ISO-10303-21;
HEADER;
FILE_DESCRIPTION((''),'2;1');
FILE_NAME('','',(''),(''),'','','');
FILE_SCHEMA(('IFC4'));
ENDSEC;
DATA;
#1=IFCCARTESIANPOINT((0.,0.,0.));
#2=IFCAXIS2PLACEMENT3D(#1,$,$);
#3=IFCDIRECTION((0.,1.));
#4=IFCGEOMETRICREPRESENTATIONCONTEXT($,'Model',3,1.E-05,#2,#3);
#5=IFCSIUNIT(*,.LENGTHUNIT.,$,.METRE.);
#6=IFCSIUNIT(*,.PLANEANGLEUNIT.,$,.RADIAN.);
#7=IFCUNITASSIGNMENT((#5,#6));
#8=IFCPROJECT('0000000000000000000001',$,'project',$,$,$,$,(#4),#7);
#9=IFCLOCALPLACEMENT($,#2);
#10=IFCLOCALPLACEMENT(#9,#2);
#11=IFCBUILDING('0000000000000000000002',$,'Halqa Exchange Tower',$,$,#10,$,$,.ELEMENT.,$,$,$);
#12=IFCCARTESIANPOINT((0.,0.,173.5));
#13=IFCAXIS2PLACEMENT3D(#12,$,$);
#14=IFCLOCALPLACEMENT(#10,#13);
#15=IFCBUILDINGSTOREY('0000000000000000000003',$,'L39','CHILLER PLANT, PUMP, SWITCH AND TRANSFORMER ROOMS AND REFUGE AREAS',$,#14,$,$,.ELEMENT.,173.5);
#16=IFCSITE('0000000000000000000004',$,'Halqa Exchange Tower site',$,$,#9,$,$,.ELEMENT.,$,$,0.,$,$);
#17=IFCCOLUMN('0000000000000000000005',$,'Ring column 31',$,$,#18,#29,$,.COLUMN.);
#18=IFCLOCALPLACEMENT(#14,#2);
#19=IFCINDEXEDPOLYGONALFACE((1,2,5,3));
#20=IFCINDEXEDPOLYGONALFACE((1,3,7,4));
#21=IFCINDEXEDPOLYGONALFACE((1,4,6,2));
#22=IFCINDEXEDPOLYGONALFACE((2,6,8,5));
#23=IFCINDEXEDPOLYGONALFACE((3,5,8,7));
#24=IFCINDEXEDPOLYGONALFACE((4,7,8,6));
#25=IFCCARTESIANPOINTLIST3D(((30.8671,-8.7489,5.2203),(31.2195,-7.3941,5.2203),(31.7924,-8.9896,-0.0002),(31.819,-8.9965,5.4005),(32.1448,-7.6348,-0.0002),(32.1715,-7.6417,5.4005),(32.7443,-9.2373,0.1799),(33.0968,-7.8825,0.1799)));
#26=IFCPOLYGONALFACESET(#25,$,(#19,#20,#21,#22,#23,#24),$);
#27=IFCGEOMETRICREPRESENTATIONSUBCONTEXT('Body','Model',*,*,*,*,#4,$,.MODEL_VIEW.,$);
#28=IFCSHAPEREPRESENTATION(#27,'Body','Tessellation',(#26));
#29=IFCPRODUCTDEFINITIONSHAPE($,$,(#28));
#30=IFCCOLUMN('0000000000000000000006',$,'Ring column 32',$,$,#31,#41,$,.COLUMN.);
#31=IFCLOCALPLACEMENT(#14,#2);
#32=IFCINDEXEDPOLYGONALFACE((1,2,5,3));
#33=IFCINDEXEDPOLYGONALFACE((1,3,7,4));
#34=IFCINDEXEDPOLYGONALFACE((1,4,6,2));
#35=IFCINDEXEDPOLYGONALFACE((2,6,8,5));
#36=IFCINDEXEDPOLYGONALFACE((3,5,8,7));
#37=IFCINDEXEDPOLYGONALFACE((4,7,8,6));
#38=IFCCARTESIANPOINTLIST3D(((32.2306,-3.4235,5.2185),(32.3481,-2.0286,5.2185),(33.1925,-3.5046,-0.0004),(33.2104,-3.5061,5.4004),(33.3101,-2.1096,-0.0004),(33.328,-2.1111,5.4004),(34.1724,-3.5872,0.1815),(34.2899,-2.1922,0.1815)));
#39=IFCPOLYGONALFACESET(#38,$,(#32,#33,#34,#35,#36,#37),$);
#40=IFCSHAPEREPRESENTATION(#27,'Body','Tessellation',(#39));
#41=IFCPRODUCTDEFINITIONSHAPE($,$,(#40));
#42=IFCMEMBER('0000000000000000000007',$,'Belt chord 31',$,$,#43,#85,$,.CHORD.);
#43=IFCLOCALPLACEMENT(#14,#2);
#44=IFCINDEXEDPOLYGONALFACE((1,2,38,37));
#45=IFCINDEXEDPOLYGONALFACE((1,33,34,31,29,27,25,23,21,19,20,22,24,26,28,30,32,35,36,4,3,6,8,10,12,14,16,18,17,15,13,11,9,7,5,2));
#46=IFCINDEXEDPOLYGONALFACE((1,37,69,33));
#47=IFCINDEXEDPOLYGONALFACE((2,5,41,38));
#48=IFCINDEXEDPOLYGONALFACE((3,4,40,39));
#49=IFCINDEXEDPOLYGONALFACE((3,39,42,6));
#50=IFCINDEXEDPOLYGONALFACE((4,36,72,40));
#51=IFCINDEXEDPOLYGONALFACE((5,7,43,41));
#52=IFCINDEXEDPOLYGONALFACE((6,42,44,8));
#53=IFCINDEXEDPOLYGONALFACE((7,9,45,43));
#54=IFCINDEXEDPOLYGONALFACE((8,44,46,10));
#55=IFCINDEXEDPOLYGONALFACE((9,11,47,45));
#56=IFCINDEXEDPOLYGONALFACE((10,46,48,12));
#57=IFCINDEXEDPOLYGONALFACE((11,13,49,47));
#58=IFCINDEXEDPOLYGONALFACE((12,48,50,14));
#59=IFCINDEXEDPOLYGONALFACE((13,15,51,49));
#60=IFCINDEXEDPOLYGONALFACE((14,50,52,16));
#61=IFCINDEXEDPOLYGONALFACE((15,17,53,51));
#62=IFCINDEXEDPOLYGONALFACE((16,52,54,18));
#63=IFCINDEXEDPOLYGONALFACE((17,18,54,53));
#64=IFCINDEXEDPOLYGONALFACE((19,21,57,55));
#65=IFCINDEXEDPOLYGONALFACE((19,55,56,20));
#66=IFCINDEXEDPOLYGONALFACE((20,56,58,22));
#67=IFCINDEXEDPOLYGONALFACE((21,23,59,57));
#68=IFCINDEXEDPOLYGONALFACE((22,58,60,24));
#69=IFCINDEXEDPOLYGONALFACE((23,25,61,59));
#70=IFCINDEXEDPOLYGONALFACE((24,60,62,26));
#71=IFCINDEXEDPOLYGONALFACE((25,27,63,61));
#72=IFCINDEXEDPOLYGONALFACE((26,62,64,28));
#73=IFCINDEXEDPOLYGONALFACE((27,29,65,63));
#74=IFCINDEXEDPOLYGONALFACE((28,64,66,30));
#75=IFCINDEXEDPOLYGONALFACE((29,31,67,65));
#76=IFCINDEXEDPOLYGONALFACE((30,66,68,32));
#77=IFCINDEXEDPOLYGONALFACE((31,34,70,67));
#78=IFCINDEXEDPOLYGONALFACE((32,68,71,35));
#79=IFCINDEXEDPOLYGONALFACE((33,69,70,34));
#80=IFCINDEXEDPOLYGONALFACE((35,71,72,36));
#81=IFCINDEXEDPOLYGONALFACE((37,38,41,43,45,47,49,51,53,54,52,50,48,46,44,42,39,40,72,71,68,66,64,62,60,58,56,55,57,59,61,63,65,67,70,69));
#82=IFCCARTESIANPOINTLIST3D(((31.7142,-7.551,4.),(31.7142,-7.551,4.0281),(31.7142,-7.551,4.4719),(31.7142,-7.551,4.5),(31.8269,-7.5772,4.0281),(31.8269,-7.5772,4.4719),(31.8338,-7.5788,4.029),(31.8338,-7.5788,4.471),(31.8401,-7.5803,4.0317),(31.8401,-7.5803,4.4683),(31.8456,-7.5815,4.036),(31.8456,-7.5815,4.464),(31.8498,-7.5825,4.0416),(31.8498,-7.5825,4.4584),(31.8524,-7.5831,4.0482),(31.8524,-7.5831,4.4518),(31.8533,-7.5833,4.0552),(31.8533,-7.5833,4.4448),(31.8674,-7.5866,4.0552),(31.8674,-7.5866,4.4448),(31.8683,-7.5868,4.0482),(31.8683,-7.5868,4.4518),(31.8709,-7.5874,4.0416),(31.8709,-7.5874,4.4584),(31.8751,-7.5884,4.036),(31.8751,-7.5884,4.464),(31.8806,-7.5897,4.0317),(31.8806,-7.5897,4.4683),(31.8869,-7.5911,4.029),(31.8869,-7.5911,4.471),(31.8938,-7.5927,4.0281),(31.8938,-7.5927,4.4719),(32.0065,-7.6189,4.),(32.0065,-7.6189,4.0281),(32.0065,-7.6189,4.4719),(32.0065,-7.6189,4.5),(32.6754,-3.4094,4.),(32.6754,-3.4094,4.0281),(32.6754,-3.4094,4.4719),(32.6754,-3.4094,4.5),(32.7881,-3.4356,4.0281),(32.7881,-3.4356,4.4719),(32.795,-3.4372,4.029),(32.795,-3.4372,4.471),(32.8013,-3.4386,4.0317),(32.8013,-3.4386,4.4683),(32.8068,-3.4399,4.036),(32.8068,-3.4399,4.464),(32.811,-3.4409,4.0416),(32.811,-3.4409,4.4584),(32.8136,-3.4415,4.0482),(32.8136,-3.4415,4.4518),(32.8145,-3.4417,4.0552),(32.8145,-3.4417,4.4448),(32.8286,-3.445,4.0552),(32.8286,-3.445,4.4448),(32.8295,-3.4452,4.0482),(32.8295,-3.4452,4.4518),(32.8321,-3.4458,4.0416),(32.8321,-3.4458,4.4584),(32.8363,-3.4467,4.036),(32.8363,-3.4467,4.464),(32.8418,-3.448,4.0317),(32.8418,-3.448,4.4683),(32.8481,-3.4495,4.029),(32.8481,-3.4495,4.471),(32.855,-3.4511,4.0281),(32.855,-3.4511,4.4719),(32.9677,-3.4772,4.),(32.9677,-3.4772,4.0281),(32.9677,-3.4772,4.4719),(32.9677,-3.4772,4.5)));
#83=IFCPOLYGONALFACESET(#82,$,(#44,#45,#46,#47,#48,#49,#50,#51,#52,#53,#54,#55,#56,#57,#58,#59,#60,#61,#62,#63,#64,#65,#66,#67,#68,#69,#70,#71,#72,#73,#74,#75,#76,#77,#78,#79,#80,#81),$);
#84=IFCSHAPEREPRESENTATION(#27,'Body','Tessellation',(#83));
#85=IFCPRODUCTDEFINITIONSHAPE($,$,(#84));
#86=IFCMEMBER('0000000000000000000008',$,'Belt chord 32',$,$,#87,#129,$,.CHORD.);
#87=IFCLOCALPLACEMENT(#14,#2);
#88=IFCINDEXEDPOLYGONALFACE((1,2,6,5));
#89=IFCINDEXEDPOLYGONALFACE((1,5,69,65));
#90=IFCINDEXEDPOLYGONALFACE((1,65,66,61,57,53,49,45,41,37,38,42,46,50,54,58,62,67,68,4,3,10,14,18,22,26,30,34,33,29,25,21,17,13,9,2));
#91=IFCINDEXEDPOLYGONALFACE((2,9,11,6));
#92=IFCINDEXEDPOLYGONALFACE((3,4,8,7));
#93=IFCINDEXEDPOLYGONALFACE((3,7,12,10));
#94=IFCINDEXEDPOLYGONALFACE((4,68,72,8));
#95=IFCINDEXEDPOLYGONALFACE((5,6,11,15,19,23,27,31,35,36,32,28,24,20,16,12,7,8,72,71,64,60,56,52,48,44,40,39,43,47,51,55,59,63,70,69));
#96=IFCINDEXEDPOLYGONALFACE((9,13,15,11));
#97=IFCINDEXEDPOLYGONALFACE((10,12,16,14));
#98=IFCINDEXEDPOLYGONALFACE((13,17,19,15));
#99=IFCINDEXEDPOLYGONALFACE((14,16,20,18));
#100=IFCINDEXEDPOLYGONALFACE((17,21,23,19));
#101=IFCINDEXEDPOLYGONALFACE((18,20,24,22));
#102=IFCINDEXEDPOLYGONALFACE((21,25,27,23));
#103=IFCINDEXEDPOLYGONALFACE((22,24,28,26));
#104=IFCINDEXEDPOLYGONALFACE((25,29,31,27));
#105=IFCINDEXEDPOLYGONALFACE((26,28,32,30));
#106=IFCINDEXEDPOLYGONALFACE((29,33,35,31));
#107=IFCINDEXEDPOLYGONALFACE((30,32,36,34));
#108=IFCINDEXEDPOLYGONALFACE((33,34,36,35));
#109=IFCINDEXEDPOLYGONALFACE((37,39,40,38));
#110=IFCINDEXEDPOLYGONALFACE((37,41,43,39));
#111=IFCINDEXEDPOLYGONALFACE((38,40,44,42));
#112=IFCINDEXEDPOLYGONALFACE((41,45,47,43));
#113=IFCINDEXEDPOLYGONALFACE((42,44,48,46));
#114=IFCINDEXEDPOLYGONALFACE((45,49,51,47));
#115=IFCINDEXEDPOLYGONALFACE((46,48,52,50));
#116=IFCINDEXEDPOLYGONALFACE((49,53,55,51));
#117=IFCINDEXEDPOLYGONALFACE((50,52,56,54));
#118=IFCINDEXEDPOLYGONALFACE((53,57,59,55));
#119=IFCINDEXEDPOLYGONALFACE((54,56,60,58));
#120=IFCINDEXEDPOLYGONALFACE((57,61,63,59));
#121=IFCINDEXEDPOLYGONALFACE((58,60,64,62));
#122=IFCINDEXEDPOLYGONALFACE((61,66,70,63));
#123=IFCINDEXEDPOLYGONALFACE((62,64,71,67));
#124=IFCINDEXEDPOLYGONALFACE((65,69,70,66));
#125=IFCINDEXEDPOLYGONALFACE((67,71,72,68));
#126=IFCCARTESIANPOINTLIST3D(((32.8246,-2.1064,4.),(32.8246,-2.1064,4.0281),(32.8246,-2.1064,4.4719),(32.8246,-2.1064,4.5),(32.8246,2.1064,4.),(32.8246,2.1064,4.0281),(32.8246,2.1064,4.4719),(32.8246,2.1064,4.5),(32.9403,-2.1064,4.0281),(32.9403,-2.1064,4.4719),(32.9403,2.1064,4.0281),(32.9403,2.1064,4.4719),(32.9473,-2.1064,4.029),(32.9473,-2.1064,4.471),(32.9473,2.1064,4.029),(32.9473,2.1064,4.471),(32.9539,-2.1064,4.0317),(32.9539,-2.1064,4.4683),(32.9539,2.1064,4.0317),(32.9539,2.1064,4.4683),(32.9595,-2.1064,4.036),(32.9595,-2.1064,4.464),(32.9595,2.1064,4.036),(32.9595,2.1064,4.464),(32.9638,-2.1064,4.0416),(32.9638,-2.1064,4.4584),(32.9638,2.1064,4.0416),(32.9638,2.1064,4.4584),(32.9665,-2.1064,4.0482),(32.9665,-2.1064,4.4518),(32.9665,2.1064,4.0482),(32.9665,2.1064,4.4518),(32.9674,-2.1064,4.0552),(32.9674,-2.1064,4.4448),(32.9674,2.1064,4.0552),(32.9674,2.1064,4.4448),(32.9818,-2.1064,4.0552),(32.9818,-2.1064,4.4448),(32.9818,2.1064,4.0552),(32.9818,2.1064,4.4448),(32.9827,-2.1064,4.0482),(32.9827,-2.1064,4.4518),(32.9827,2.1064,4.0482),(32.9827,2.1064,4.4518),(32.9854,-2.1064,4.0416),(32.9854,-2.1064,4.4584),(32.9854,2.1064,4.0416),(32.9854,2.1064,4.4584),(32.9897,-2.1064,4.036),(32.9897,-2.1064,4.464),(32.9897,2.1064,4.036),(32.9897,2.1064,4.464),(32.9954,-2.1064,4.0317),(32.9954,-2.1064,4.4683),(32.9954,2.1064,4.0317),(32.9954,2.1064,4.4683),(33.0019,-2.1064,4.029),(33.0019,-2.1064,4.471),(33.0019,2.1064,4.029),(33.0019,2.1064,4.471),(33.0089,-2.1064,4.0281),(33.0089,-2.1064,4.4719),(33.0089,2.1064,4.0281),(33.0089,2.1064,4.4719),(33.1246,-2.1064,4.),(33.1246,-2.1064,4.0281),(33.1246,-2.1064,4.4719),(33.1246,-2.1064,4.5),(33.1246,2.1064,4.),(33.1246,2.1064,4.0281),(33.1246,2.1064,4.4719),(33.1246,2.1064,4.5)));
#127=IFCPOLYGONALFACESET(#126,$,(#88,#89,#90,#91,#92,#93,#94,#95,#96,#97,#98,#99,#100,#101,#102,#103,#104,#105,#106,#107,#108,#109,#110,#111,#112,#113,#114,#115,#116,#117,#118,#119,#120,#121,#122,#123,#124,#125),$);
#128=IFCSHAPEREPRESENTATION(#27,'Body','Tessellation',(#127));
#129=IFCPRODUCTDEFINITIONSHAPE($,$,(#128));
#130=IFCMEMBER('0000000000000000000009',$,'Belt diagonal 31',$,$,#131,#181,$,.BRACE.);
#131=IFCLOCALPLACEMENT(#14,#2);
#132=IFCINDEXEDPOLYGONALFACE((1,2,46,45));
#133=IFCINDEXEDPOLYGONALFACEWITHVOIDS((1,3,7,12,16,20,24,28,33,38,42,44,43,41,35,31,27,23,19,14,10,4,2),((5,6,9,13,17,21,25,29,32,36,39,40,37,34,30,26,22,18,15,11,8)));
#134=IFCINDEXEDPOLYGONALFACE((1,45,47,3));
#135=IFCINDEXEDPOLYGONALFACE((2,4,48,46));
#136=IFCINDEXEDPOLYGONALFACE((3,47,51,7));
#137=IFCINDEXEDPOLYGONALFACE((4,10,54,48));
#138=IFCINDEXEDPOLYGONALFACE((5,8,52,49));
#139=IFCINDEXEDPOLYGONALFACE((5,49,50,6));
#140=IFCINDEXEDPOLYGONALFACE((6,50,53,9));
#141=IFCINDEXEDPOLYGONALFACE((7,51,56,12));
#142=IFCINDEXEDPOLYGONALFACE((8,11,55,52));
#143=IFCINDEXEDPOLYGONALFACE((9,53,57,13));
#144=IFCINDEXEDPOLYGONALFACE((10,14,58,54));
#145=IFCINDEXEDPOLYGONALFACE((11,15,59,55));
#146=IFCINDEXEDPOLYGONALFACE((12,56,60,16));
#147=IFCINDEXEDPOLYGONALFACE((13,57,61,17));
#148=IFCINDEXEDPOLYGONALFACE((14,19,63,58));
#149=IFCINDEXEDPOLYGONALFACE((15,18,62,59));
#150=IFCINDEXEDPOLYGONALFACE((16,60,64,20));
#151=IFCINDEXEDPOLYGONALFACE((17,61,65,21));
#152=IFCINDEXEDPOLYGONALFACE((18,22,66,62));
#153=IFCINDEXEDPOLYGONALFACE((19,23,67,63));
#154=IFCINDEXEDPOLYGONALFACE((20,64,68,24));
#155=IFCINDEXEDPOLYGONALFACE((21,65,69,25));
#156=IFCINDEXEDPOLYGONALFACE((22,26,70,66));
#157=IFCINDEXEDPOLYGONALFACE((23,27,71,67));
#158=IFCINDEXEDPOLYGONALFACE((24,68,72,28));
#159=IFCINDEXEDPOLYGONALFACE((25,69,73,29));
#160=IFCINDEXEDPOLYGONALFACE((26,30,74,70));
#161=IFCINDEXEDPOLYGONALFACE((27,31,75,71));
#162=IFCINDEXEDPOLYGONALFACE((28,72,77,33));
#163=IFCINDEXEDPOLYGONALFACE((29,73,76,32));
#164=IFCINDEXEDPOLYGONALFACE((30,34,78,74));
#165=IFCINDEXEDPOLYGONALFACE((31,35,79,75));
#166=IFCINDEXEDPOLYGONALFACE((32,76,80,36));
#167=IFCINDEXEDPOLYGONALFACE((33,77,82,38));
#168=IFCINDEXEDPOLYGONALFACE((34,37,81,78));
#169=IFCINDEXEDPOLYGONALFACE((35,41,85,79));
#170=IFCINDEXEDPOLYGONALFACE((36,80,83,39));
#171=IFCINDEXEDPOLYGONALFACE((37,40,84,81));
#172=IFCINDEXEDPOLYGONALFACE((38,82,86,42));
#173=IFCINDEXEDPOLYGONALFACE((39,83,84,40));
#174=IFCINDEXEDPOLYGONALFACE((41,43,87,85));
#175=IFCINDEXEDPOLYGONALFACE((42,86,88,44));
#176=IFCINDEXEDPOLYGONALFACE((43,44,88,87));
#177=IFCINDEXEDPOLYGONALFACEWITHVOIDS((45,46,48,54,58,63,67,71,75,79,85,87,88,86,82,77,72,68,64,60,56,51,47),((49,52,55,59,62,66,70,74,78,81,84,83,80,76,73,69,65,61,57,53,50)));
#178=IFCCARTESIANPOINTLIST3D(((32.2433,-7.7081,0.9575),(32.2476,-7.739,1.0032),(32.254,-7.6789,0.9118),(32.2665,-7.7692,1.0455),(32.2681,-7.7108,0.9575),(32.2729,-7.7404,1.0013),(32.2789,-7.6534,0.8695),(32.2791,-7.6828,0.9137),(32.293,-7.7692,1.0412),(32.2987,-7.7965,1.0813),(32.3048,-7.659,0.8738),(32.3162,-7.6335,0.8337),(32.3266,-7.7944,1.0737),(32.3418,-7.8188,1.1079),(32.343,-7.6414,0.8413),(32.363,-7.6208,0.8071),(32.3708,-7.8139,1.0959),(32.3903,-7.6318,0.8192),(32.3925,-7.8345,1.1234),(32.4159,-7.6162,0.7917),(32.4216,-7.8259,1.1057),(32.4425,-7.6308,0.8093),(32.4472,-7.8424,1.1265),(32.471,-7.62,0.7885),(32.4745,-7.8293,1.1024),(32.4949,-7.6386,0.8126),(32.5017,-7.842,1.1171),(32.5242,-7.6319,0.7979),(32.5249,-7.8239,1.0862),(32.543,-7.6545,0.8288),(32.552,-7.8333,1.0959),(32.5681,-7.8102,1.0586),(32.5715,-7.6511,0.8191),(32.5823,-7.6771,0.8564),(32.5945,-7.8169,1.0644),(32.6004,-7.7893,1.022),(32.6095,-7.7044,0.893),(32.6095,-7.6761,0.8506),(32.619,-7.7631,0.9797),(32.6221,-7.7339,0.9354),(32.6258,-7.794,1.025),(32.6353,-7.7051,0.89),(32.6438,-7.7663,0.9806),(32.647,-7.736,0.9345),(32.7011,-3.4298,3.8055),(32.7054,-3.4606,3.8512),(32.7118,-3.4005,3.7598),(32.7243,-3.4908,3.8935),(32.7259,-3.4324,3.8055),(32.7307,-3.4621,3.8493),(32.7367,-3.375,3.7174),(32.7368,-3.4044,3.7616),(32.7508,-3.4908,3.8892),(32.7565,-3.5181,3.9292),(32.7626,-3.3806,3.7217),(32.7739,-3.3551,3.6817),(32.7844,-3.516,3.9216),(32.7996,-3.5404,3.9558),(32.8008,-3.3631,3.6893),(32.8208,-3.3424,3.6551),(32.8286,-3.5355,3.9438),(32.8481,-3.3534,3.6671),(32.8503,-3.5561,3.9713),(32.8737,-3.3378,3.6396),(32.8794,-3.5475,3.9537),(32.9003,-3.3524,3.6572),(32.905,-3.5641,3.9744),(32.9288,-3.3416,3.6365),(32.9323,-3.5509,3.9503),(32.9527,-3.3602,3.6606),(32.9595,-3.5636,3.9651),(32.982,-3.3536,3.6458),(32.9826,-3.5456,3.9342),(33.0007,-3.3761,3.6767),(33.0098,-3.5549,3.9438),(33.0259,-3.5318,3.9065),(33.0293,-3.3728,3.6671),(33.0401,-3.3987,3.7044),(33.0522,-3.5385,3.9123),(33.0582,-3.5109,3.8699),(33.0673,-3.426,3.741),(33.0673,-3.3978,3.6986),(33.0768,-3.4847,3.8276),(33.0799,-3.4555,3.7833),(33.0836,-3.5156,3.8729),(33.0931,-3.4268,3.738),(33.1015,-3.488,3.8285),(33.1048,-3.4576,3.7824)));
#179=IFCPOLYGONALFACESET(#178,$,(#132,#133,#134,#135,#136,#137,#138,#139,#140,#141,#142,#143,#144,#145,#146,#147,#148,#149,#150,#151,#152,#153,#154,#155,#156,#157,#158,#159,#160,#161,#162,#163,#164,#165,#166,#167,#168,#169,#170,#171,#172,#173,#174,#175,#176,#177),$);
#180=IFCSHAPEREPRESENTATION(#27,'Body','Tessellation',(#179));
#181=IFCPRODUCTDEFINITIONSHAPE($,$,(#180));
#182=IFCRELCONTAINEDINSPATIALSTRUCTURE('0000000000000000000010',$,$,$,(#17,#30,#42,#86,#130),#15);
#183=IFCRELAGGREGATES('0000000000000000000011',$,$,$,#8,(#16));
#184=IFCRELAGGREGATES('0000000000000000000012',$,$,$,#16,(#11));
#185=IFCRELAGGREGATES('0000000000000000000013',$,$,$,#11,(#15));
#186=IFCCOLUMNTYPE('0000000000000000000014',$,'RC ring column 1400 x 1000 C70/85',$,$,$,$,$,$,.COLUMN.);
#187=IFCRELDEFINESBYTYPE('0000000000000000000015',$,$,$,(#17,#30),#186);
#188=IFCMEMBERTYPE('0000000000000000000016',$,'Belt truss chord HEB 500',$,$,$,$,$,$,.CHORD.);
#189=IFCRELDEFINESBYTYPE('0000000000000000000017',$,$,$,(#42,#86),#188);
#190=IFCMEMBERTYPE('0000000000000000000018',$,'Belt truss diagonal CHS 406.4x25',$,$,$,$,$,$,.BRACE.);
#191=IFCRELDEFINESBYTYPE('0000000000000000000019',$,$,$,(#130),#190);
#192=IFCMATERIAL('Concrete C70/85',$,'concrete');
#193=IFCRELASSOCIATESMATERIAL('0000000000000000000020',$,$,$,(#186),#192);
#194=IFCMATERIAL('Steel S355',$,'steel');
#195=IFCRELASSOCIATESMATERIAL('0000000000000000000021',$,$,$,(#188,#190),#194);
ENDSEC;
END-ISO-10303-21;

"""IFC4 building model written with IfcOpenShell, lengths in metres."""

from ifc_helpers import new_model, si_unit, direction, frame, origin, origin_2d, place, context, subcontext, project, spatial, rectangle, hollow_circle, i_section, extrude, material, material_profile, profile_set, type_object, element, save


model = new_model("IFC4")

# Units and contexts
model_context = context("Model", 3, precision=1e-05, world=origin(), true_north=direction((0.0, 1.0)))
body_context = subcontext(model_context, "Body", "Model", "MODEL_VIEW")
ifc_project = project(units=[si_unit("LENGTHUNIT", "METRE"), si_unit("PLANEANGLEUNIT", "RADIAN")], contexts=[model_context])

# Site, building, storey
site_placement = place(None, origin())
site = spatial("IfcSite", under=ifc_project, at=site_placement, Name="Halqa Exchange Tower site", CompositionType="ELEMENT", RefElevation=0.0)
building_placement = place(site_placement, origin())
building = spatial("IfcBuilding", under=site, at=building_placement, Name="Halqa Exchange Tower", CompositionType="ELEMENT")
storey_placement = place(building_placement, frame((0.0, 0.0, 173.5)))
storey = spatial("IfcBuildingStorey", under=building, at=storey_placement, Name="L39", Description="CHILLER PLANT, PUMP, SWITCH AND TRANSFORMER ROOMS AND REFUGE AREAS", CompositionType="ELEMENT", Elevation=173.5)

# Columns
ifc_material_1 = material(Name="Concrete C70/85", Category="concrete")
ifc_material_profile_1 = material_profile(ifc_material_1, rectangle(XDim=1.3999, YDim=1.0, at=origin_2d()), Name="1400 x 1000")
ifc_profile_set_1 = profile_set([ifc_material_profile_1], Name="Concrete C70/85")
column_type = type_object("IfcColumnType", Name="RC ring column 1400 x 1000 C70/85", PredefinedType="COLUMN", material=ifc_profile_set_1)
for number, where, z_axis, x_axis, name in (
    (1, (32.4446, -8.436, 0.0898), (-0.174344, 0.045357, 0.98364), (-0.251777, -0.967785, 0.0), "Ring column 31"),
    (2, (33.7412, -2.8484, 0.0906), (-0.181244, 0.015272, 0.98332), (-0.083966, -0.996469, 0.0), "Ring column 32"),
):
    element("IfcColumn", number, at=place(storey_placement, frame(where, z_axis=z_axis, x_axis=x_axis)), inside=storey, type_object=column_type, Name=name, PredefinedType="COLUMN", context=body_context, shape_type="SweptSolid", body=[
        extrude(rectangle(XDim=1.3999, YDim=1.0, at=origin_2d()), origin(), (0.0, 0.0, 1.0), 5.3074),
    ])

# Members
ifc_material_2 = material(Name="Steel S355", Category="steel")
ifc_material_profile_2 = material_profile(ifc_material_2, i_section(OverallWidth=0.3, OverallDepth=0.5, WebThickness=0.0144, FlangeThickness=0.0281, FilletRadius=0.0271, at=origin_2d()), Name="HEB 500")
ifc_profile_set_2 = profile_set([ifc_material_profile_2], Name="Steel S355")
member_type_1 = type_object("IfcMemberType", Name="Belt truss chord HEB 500", PredefinedType="CHORD", material=ifc_profile_set_2)
member_1_placement = place(storey_placement, frame((31.8604, -7.585, 4.25), z_axis=(0.226071, 0.974111, 0.0), x_axis=(-0.974111, 0.226071, 0.0)))
element("IfcMember", 3, at=member_1_placement, inside=storey, type_object=member_type_1, Name="Belt chord 31", PredefinedType="CHORD", context=body_context, shape_type="SweptSolid", body=[
    extrude(i_section(OverallWidth=0.3, OverallDepth=0.5, WebThickness=0.0144, FlangeThickness=0.0281, FilletRadius=0.0271, at=origin_2d()), origin(), (0.0, 0.0, 1.0), 4.2517),
])
member_2_placement = place(storey_placement, frame((32.9746, -2.1064, 4.25), z_axis=(0.0, 1.0, 0.0), x_axis=(-1.0, 0.0, 0.0)))
element("IfcMember", 4, at=member_2_placement, inside=storey, type_object=member_type_1, Name="Belt chord 32", PredefinedType="CHORD", context=body_context, shape_type="SweptSolid", body=[
    extrude(i_section(OverallWidth=0.3, OverallDepth=0.5, WebThickness=0.0144, FlangeThickness=0.0281, FilletRadius=0.0271, at=origin_2d()), origin(), (0.0, 0.0, 1.0), 4.2129),
])
ifc_material_profile_3 = material_profile(ifc_material_2, hollow_circle(Radius=0.2031, WallThickness=0.0249, at=origin_2d()), Name="CHS 406.4x25")
ifc_profile_set_3 = profile_set([ifc_material_profile_3], Name="Steel S355")
member_type_2 = type_object("IfcMemberType", Name="Belt truss diagonal CHS 406.4x25", PredefinedType="BRACE", material=ifc_profile_set_3)
member_3_placement = place(storey_placement, frame((32.4453, -7.7297, 0.9575), z_axis=(0.088716, 0.829155, 0.551934), x_axis=(-0.994325, 0.106389, 0.0)))
element("IfcMember", 5, at=member_3_placement, inside=storey, type_object=member_type_2, Name="Belt diagonal 31", PredefinedType="BRACE", context=body_context, shape_type="SweptSolid", body=[
    extrude(hollow_circle(Radius=0.2031, WallThickness=0.0249, at=origin_2d()), origin(), (0.0, 0.0, 1.0), 5.1599),
])

save(model, "model.ifc")
